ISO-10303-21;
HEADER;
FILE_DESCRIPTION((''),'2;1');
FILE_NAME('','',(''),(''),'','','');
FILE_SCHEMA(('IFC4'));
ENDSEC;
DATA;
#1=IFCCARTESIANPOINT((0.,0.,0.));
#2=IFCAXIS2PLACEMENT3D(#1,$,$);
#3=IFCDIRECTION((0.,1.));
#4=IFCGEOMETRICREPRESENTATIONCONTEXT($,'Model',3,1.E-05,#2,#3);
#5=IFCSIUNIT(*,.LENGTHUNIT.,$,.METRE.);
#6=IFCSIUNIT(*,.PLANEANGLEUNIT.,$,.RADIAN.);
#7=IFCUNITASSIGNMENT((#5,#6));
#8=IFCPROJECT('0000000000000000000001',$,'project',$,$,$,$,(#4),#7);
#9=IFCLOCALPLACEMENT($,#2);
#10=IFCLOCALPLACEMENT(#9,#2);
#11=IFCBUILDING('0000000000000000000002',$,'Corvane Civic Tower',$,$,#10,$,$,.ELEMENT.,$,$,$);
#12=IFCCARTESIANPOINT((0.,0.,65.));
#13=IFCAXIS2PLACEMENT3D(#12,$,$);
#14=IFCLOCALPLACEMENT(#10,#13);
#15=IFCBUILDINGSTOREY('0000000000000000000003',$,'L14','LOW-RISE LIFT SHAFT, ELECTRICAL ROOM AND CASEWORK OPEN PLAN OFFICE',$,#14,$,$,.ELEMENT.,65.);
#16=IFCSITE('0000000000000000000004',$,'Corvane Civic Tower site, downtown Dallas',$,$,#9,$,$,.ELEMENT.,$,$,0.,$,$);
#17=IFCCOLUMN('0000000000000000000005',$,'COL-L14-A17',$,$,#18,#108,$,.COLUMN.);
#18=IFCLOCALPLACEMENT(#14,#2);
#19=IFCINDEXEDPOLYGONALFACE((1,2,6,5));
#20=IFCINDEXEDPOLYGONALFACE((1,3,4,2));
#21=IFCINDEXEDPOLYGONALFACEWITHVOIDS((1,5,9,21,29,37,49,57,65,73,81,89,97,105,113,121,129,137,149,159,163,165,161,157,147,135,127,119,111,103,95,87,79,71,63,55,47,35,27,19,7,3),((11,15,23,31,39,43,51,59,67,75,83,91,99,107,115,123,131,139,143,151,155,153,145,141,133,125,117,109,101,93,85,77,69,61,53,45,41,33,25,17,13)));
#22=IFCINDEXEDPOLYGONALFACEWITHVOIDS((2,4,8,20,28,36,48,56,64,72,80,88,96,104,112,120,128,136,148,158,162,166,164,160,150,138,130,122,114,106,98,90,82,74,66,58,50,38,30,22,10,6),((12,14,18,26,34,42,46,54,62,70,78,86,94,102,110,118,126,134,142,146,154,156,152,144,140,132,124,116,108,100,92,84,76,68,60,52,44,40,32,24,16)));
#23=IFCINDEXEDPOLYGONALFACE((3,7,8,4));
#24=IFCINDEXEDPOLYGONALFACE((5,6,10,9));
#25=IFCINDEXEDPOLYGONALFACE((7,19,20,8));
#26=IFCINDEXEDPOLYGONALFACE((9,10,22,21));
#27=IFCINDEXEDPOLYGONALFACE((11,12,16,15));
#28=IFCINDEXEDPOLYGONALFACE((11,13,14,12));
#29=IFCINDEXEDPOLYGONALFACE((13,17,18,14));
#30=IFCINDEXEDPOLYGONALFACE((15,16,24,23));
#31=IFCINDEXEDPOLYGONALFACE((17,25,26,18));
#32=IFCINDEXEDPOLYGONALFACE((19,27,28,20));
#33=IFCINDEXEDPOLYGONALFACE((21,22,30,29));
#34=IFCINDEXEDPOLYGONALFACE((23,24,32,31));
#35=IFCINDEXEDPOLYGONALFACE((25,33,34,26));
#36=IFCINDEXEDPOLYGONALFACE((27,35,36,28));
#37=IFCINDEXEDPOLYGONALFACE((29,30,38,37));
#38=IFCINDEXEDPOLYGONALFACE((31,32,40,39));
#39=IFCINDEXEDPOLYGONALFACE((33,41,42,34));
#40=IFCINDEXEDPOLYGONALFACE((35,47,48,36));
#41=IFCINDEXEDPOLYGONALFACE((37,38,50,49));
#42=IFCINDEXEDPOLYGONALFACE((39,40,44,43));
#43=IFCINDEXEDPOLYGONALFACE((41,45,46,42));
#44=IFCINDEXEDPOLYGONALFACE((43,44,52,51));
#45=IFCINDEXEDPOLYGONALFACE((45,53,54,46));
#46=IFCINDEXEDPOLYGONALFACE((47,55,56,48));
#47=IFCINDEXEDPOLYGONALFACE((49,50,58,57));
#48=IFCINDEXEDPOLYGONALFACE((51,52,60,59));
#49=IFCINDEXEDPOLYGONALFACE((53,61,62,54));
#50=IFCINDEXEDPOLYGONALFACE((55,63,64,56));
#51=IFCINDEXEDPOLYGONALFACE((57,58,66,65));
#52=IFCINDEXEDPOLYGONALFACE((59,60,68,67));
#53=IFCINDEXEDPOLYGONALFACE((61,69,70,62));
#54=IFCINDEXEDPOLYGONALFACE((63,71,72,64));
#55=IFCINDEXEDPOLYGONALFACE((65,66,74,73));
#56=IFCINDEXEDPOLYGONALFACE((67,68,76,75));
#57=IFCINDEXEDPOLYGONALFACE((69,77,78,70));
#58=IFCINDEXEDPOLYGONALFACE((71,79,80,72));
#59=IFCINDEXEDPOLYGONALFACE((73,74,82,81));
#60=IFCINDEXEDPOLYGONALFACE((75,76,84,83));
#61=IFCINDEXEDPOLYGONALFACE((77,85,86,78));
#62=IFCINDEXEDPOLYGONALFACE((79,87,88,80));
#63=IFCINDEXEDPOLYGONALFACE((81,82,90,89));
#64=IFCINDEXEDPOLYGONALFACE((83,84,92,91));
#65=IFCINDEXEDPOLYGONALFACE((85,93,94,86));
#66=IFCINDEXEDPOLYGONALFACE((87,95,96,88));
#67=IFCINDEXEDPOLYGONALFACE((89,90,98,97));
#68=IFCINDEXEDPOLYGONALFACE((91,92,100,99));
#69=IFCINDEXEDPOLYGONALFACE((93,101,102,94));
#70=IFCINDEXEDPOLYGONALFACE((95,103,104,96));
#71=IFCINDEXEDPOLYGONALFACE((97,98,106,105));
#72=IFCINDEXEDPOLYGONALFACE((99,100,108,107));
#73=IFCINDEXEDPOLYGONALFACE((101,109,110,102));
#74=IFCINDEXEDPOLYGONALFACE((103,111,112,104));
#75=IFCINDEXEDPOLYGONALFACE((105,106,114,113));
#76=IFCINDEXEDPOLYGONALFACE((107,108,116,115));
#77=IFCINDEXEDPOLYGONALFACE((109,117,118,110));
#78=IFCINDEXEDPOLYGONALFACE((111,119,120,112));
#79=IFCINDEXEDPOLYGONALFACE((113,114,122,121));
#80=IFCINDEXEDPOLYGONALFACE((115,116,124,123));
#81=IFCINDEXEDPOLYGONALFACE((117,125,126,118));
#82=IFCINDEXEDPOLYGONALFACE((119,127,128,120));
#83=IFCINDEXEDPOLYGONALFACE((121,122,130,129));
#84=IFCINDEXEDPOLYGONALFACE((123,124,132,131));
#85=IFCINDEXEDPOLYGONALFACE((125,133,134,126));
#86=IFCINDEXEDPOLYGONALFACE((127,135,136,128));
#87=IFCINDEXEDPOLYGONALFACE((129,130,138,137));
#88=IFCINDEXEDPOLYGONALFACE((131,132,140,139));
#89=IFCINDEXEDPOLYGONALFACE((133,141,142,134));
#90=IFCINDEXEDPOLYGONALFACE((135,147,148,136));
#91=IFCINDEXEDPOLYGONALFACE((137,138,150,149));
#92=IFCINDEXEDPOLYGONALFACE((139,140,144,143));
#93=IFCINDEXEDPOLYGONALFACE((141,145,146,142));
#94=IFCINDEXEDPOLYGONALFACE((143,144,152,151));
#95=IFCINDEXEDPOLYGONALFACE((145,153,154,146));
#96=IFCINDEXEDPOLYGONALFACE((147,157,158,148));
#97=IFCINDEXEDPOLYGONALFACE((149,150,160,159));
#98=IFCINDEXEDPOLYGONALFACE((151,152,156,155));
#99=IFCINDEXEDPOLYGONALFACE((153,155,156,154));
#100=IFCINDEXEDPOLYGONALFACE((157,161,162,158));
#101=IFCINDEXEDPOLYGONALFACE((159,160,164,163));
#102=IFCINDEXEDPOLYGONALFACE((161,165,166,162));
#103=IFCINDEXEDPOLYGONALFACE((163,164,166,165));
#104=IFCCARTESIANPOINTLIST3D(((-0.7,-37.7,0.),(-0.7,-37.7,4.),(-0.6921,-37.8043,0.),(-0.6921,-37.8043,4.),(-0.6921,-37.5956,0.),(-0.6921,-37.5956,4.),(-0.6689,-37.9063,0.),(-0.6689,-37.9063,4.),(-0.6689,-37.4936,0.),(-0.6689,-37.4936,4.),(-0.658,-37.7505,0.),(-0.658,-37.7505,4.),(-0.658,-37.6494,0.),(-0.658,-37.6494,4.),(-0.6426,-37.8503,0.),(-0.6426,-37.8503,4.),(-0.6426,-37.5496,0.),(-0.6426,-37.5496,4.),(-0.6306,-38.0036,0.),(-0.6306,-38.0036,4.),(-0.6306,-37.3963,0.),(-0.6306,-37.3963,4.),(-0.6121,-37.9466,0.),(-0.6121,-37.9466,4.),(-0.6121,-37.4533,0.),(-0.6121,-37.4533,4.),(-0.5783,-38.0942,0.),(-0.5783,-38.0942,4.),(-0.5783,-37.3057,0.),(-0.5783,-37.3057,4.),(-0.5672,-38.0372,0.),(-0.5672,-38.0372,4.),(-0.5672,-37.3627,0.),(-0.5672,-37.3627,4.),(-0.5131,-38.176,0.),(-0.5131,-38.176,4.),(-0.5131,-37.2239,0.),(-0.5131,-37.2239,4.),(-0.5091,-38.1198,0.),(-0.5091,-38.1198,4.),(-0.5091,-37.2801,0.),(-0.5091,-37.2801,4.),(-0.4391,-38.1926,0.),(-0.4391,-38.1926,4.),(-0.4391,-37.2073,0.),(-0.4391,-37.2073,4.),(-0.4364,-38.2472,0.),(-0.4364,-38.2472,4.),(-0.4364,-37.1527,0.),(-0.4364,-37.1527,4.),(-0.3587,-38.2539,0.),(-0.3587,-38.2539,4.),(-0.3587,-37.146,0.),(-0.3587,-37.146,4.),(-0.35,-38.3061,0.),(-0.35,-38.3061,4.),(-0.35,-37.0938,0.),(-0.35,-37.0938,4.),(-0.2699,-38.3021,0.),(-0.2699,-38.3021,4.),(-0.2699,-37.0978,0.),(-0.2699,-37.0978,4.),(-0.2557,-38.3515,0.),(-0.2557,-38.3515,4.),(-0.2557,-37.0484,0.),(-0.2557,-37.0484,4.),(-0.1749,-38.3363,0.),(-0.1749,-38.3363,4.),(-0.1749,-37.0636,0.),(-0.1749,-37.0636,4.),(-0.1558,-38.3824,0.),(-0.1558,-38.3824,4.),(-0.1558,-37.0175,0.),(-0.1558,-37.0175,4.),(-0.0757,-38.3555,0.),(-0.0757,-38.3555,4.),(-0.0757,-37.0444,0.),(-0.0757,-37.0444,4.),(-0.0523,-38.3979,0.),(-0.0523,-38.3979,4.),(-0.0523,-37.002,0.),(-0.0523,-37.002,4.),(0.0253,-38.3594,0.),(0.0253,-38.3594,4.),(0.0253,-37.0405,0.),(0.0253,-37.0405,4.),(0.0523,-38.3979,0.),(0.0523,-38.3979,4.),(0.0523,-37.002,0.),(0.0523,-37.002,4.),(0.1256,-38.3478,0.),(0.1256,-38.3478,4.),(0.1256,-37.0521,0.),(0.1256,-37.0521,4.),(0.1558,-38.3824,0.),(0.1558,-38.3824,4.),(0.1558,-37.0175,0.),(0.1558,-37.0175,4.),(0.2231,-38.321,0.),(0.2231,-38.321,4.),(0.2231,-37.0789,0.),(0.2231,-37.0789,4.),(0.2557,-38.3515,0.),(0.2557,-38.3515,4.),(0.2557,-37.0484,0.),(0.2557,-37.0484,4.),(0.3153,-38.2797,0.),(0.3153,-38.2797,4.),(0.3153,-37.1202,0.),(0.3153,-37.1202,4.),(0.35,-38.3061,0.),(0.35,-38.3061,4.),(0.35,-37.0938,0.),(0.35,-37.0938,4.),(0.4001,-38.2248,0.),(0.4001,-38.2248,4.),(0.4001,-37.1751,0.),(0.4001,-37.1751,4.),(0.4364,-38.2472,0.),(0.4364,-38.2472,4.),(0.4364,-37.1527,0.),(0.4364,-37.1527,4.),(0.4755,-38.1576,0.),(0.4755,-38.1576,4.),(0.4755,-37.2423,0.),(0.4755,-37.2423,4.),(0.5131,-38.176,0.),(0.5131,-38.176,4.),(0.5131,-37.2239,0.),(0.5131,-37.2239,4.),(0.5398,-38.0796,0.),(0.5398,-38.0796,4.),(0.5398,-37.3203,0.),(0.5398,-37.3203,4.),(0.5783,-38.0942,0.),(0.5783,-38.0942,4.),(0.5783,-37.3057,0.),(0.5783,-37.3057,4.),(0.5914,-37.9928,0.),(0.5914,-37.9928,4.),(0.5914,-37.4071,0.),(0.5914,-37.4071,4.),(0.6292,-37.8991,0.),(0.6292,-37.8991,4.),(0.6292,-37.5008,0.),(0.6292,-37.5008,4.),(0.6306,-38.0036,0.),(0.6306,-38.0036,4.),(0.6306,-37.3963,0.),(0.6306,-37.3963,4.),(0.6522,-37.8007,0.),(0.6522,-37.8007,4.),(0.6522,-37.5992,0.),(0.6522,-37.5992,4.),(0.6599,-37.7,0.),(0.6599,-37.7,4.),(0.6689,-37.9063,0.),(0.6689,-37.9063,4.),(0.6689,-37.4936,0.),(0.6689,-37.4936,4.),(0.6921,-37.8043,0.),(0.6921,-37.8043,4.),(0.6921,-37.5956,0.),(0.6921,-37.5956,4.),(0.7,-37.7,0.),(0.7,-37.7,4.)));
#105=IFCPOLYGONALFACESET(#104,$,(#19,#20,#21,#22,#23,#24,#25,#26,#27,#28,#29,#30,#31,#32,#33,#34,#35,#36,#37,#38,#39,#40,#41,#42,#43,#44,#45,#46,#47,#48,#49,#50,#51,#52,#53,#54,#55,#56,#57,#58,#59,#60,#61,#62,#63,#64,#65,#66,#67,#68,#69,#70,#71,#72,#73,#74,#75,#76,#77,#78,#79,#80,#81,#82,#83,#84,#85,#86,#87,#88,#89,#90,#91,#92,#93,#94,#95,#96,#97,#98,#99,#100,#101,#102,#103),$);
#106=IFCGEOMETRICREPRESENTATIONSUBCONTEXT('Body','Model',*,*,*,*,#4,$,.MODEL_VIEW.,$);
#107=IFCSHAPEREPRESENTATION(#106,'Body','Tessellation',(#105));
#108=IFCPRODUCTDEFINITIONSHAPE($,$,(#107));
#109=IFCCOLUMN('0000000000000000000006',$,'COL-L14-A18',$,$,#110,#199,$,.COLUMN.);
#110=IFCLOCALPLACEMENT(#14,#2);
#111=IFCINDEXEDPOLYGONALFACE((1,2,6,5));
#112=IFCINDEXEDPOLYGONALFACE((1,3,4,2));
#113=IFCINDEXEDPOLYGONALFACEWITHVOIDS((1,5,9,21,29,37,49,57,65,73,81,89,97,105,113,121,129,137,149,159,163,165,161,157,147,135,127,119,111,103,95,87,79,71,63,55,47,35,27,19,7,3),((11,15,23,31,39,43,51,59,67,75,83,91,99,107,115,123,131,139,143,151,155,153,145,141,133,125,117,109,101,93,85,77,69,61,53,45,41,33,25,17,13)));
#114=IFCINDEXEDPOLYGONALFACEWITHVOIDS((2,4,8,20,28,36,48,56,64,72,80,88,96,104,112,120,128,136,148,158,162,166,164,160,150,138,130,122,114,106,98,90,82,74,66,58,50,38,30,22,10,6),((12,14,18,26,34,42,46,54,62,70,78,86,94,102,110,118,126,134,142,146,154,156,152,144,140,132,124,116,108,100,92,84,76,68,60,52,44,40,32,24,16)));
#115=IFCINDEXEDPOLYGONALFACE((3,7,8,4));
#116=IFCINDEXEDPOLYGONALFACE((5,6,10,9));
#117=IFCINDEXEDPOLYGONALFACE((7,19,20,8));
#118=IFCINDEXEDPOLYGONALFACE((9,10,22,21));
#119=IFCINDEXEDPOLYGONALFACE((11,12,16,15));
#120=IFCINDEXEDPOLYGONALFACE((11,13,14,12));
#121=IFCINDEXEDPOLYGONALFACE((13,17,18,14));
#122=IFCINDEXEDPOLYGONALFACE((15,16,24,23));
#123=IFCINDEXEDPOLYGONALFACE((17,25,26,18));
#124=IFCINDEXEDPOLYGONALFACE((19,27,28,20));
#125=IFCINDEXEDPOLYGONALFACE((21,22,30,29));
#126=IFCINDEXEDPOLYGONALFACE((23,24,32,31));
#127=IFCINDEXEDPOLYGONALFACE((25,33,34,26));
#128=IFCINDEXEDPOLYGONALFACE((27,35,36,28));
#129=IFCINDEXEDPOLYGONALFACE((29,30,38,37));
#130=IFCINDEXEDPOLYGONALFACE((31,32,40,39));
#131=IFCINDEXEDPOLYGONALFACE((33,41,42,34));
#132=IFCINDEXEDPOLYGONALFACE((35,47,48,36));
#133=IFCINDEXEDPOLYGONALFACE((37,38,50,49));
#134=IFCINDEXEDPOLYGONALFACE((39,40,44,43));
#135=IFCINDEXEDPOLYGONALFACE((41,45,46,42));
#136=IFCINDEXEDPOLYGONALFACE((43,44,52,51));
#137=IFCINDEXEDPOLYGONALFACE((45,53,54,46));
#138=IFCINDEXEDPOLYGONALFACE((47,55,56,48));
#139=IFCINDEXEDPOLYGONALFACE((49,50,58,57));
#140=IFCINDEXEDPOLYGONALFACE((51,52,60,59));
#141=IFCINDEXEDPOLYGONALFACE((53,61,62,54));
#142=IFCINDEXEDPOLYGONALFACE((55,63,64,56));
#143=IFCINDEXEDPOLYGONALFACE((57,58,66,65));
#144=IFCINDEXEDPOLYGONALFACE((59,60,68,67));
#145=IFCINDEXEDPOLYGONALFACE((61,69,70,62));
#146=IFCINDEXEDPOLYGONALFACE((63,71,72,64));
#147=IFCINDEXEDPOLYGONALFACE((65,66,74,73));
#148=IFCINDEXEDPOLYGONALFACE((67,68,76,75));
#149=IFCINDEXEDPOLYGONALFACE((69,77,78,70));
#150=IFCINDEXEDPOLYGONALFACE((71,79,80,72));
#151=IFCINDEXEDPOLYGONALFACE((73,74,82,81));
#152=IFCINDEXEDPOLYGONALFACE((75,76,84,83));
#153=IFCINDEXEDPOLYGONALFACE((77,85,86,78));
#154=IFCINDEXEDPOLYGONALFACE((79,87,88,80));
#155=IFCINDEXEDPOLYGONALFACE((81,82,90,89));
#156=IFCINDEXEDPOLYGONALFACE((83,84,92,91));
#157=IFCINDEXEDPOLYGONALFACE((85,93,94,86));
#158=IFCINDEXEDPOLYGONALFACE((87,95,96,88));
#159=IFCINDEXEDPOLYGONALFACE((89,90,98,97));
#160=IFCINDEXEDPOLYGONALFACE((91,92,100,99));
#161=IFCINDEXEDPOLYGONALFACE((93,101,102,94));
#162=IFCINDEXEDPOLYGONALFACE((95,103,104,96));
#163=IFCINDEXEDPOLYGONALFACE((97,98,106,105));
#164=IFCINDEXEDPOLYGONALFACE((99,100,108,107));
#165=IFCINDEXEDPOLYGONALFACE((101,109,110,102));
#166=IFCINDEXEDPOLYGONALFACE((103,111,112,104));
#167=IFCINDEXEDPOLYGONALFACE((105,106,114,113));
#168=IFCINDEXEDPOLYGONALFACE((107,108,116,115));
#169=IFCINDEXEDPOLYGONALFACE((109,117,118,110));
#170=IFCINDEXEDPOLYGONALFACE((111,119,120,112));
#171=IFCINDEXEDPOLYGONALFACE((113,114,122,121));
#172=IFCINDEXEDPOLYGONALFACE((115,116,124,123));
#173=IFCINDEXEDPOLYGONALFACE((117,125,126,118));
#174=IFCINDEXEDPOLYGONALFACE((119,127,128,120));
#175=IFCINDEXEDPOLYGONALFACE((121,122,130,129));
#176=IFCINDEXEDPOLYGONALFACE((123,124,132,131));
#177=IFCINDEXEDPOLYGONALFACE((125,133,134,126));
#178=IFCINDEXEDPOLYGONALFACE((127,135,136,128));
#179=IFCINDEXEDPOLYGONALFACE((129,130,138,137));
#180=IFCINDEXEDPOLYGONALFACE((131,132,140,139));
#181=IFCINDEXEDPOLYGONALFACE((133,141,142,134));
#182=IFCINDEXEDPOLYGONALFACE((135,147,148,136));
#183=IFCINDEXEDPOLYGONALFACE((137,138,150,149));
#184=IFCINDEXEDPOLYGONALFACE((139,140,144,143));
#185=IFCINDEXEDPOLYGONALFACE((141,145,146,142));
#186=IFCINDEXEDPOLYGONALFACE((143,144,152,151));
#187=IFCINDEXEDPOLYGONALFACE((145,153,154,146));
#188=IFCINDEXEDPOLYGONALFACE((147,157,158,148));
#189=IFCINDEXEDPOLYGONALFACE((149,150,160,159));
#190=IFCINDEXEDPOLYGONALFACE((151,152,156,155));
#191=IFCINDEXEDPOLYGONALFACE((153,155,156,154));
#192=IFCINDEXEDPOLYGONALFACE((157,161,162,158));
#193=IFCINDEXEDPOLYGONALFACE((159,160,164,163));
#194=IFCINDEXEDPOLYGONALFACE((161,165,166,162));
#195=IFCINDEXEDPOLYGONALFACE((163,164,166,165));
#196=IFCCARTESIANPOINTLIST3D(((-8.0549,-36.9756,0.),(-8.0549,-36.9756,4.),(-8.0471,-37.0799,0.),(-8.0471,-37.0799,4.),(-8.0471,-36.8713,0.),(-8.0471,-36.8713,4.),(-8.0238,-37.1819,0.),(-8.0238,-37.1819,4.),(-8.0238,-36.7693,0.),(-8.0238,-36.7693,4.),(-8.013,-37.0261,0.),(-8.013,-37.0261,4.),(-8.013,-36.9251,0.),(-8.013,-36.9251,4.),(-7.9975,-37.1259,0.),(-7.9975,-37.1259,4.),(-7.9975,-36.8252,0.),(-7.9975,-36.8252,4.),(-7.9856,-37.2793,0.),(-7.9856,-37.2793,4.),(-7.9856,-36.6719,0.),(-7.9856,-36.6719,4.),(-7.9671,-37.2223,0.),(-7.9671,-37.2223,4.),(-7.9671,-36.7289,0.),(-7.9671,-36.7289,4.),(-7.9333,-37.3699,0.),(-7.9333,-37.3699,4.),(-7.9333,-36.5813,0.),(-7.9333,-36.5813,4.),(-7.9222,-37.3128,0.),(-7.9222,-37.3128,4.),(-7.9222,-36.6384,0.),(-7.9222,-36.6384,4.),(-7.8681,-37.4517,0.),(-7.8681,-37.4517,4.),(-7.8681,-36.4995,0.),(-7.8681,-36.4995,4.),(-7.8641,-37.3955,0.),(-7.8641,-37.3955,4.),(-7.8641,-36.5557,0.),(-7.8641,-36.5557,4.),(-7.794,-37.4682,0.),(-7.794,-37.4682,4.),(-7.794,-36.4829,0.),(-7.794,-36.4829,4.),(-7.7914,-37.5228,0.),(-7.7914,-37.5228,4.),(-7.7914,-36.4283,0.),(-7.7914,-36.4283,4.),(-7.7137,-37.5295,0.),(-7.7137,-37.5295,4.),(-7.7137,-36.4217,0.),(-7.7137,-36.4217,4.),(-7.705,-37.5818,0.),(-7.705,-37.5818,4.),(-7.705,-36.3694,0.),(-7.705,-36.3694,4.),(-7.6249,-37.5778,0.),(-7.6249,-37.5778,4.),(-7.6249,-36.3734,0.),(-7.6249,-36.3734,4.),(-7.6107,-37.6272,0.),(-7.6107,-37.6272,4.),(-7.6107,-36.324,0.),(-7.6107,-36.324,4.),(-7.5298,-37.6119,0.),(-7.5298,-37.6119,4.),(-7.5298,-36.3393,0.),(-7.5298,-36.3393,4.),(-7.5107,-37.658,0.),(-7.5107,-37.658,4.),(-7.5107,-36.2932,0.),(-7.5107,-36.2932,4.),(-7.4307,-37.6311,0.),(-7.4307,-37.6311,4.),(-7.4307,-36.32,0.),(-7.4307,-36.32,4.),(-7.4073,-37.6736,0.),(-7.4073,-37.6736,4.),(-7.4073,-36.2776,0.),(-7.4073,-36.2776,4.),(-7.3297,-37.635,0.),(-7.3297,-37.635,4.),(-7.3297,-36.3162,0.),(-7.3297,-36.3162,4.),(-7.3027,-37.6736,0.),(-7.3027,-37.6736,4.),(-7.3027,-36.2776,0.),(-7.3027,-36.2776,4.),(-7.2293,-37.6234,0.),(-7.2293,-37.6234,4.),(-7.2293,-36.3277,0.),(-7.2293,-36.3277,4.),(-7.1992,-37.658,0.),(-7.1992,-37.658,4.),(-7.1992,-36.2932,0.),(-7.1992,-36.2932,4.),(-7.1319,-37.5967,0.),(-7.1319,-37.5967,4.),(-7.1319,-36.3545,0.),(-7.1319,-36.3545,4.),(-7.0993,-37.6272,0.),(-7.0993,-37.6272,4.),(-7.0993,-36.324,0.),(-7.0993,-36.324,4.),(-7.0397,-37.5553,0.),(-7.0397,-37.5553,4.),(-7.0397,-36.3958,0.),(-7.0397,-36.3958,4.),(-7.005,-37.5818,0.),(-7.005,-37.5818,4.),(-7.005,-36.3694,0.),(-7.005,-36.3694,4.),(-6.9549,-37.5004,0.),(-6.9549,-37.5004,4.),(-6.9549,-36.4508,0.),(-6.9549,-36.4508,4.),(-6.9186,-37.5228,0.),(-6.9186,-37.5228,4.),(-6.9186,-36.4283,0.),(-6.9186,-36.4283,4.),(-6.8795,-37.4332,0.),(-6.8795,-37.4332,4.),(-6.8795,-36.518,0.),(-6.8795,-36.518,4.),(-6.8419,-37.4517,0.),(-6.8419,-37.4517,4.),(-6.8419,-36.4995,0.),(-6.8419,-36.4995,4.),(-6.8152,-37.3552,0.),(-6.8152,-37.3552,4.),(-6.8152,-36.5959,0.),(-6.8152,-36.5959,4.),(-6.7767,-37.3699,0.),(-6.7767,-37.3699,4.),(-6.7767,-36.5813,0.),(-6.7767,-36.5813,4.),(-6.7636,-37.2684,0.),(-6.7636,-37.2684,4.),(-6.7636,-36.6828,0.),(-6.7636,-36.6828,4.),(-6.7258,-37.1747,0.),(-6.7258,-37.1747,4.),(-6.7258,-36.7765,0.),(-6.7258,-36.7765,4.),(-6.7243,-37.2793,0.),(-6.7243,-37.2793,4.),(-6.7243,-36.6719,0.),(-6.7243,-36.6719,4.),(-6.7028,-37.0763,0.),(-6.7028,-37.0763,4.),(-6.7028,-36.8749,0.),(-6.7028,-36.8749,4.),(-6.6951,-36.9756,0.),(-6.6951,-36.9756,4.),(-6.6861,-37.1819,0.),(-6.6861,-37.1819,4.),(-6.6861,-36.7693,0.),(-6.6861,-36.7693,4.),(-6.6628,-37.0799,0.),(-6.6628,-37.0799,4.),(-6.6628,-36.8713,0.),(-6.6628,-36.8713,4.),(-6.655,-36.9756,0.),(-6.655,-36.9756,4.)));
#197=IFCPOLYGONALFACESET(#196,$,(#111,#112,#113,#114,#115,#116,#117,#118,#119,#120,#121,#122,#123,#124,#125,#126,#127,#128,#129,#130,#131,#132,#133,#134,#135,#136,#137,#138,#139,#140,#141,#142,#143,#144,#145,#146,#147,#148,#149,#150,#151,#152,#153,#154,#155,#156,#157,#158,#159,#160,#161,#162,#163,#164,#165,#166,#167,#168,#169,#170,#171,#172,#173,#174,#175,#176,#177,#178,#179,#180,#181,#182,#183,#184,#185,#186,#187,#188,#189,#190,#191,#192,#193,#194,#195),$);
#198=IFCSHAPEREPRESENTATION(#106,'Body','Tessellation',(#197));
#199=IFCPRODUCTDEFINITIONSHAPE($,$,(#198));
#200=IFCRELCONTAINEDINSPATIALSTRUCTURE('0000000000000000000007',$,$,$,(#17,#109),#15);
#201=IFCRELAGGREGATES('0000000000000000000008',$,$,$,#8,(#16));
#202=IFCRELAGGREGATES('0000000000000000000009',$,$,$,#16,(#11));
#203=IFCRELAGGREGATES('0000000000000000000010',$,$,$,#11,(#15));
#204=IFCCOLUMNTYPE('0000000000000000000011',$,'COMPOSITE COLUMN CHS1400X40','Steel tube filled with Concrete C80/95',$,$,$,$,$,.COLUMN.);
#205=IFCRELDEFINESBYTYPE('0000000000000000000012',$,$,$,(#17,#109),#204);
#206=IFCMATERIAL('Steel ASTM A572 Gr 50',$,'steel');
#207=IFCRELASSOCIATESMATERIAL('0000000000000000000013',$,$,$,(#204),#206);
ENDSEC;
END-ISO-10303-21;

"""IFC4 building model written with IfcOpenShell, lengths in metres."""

from ifc_helpers import new_model, si_unit, direction, frame, origin, origin_2d, place, context, subcontext, project, spatial, hollow_circle, extrude, material, material_profile, profile_set, type_object, element, save


model = new_model("IFC4")

# Units and contexts
model_context = context("Model", 3, precision=1e-05, world=origin(), true_north=direction((0.0, 1.0)))
body_context = subcontext(model_context, "Body", "Model", "MODEL_VIEW")
ifc_project = project(units=[si_unit("LENGTHUNIT", "METRE"), si_unit("PLANEANGLEUNIT", "RADIAN")], contexts=[model_context])

# Site, building, storey
site_placement = place(None, origin())
site = spatial("IfcSite", under=ifc_project, at=site_placement, Name="Corvane Civic Tower site, downtown Dallas", CompositionType="ELEMENT", RefElevation=0.0)
building_placement = place(site_placement, origin())
building = spatial("IfcBuilding", under=site, at=building_placement, Name="Corvane Civic Tower", CompositionType="ELEMENT")
storey_placement = place(building_placement, frame((0.0, 0.0, 65.0)))
storey = spatial("IfcBuildingStorey", under=building, at=storey_placement, Name="L14", Description="LOW-RISE LIFT SHAFT, ELECTRICAL ROOM AND CASEWORK OPEN PLAN OFFICE", CompositionType="ELEMENT", Elevation=65.0)

# Columns
ifc_material_1 = material(Name="Steel ASTM A572 Gr 50", Category="steel")
ifc_material_profile_1 = material_profile(ifc_material_1, hollow_circle(Radius=0.7, WallThickness=0.04, at=origin_2d()), Name="CHS1400X40")
ifc_profile_set_1 = profile_set([ifc_material_profile_1], Name="Steel ASTM A572 Gr 50")
column_type = type_object("IfcColumnType", Name="COMPOSITE COLUMN CHS1400X40", Description="Steel tube filled with Concrete C80/95", PredefinedType="COLUMN", material=ifc_profile_set_1)
for number, where, z_axis, x_axis, name in (
    (1, (0.0, -37.7, 0.0), (0.0, 0.0, 1.0), (1.0, 0.0, 0.0), "COL-L14-A17"),
    (2, (-7.355, -36.9756, 0.0), (0.0, 0.0, 1.0), (1.0, 0.0, 0.0), "COL-L14-A18"),
):
    element("IfcColumn", number, at=place(storey_placement, frame(where, z_axis=z_axis, x_axis=x_axis)), inside=storey, type_object=column_type, Name=name, PredefinedType="COLUMN", context=body_context, shape_type="SweptSolid", body=[
        extrude(hollow_circle(Radius=0.7, WallThickness=0.04, at=origin_2d()), origin(), (0.0, 0.0, 1.0), 4.0),
    ])

save(model, "model.ifc")
